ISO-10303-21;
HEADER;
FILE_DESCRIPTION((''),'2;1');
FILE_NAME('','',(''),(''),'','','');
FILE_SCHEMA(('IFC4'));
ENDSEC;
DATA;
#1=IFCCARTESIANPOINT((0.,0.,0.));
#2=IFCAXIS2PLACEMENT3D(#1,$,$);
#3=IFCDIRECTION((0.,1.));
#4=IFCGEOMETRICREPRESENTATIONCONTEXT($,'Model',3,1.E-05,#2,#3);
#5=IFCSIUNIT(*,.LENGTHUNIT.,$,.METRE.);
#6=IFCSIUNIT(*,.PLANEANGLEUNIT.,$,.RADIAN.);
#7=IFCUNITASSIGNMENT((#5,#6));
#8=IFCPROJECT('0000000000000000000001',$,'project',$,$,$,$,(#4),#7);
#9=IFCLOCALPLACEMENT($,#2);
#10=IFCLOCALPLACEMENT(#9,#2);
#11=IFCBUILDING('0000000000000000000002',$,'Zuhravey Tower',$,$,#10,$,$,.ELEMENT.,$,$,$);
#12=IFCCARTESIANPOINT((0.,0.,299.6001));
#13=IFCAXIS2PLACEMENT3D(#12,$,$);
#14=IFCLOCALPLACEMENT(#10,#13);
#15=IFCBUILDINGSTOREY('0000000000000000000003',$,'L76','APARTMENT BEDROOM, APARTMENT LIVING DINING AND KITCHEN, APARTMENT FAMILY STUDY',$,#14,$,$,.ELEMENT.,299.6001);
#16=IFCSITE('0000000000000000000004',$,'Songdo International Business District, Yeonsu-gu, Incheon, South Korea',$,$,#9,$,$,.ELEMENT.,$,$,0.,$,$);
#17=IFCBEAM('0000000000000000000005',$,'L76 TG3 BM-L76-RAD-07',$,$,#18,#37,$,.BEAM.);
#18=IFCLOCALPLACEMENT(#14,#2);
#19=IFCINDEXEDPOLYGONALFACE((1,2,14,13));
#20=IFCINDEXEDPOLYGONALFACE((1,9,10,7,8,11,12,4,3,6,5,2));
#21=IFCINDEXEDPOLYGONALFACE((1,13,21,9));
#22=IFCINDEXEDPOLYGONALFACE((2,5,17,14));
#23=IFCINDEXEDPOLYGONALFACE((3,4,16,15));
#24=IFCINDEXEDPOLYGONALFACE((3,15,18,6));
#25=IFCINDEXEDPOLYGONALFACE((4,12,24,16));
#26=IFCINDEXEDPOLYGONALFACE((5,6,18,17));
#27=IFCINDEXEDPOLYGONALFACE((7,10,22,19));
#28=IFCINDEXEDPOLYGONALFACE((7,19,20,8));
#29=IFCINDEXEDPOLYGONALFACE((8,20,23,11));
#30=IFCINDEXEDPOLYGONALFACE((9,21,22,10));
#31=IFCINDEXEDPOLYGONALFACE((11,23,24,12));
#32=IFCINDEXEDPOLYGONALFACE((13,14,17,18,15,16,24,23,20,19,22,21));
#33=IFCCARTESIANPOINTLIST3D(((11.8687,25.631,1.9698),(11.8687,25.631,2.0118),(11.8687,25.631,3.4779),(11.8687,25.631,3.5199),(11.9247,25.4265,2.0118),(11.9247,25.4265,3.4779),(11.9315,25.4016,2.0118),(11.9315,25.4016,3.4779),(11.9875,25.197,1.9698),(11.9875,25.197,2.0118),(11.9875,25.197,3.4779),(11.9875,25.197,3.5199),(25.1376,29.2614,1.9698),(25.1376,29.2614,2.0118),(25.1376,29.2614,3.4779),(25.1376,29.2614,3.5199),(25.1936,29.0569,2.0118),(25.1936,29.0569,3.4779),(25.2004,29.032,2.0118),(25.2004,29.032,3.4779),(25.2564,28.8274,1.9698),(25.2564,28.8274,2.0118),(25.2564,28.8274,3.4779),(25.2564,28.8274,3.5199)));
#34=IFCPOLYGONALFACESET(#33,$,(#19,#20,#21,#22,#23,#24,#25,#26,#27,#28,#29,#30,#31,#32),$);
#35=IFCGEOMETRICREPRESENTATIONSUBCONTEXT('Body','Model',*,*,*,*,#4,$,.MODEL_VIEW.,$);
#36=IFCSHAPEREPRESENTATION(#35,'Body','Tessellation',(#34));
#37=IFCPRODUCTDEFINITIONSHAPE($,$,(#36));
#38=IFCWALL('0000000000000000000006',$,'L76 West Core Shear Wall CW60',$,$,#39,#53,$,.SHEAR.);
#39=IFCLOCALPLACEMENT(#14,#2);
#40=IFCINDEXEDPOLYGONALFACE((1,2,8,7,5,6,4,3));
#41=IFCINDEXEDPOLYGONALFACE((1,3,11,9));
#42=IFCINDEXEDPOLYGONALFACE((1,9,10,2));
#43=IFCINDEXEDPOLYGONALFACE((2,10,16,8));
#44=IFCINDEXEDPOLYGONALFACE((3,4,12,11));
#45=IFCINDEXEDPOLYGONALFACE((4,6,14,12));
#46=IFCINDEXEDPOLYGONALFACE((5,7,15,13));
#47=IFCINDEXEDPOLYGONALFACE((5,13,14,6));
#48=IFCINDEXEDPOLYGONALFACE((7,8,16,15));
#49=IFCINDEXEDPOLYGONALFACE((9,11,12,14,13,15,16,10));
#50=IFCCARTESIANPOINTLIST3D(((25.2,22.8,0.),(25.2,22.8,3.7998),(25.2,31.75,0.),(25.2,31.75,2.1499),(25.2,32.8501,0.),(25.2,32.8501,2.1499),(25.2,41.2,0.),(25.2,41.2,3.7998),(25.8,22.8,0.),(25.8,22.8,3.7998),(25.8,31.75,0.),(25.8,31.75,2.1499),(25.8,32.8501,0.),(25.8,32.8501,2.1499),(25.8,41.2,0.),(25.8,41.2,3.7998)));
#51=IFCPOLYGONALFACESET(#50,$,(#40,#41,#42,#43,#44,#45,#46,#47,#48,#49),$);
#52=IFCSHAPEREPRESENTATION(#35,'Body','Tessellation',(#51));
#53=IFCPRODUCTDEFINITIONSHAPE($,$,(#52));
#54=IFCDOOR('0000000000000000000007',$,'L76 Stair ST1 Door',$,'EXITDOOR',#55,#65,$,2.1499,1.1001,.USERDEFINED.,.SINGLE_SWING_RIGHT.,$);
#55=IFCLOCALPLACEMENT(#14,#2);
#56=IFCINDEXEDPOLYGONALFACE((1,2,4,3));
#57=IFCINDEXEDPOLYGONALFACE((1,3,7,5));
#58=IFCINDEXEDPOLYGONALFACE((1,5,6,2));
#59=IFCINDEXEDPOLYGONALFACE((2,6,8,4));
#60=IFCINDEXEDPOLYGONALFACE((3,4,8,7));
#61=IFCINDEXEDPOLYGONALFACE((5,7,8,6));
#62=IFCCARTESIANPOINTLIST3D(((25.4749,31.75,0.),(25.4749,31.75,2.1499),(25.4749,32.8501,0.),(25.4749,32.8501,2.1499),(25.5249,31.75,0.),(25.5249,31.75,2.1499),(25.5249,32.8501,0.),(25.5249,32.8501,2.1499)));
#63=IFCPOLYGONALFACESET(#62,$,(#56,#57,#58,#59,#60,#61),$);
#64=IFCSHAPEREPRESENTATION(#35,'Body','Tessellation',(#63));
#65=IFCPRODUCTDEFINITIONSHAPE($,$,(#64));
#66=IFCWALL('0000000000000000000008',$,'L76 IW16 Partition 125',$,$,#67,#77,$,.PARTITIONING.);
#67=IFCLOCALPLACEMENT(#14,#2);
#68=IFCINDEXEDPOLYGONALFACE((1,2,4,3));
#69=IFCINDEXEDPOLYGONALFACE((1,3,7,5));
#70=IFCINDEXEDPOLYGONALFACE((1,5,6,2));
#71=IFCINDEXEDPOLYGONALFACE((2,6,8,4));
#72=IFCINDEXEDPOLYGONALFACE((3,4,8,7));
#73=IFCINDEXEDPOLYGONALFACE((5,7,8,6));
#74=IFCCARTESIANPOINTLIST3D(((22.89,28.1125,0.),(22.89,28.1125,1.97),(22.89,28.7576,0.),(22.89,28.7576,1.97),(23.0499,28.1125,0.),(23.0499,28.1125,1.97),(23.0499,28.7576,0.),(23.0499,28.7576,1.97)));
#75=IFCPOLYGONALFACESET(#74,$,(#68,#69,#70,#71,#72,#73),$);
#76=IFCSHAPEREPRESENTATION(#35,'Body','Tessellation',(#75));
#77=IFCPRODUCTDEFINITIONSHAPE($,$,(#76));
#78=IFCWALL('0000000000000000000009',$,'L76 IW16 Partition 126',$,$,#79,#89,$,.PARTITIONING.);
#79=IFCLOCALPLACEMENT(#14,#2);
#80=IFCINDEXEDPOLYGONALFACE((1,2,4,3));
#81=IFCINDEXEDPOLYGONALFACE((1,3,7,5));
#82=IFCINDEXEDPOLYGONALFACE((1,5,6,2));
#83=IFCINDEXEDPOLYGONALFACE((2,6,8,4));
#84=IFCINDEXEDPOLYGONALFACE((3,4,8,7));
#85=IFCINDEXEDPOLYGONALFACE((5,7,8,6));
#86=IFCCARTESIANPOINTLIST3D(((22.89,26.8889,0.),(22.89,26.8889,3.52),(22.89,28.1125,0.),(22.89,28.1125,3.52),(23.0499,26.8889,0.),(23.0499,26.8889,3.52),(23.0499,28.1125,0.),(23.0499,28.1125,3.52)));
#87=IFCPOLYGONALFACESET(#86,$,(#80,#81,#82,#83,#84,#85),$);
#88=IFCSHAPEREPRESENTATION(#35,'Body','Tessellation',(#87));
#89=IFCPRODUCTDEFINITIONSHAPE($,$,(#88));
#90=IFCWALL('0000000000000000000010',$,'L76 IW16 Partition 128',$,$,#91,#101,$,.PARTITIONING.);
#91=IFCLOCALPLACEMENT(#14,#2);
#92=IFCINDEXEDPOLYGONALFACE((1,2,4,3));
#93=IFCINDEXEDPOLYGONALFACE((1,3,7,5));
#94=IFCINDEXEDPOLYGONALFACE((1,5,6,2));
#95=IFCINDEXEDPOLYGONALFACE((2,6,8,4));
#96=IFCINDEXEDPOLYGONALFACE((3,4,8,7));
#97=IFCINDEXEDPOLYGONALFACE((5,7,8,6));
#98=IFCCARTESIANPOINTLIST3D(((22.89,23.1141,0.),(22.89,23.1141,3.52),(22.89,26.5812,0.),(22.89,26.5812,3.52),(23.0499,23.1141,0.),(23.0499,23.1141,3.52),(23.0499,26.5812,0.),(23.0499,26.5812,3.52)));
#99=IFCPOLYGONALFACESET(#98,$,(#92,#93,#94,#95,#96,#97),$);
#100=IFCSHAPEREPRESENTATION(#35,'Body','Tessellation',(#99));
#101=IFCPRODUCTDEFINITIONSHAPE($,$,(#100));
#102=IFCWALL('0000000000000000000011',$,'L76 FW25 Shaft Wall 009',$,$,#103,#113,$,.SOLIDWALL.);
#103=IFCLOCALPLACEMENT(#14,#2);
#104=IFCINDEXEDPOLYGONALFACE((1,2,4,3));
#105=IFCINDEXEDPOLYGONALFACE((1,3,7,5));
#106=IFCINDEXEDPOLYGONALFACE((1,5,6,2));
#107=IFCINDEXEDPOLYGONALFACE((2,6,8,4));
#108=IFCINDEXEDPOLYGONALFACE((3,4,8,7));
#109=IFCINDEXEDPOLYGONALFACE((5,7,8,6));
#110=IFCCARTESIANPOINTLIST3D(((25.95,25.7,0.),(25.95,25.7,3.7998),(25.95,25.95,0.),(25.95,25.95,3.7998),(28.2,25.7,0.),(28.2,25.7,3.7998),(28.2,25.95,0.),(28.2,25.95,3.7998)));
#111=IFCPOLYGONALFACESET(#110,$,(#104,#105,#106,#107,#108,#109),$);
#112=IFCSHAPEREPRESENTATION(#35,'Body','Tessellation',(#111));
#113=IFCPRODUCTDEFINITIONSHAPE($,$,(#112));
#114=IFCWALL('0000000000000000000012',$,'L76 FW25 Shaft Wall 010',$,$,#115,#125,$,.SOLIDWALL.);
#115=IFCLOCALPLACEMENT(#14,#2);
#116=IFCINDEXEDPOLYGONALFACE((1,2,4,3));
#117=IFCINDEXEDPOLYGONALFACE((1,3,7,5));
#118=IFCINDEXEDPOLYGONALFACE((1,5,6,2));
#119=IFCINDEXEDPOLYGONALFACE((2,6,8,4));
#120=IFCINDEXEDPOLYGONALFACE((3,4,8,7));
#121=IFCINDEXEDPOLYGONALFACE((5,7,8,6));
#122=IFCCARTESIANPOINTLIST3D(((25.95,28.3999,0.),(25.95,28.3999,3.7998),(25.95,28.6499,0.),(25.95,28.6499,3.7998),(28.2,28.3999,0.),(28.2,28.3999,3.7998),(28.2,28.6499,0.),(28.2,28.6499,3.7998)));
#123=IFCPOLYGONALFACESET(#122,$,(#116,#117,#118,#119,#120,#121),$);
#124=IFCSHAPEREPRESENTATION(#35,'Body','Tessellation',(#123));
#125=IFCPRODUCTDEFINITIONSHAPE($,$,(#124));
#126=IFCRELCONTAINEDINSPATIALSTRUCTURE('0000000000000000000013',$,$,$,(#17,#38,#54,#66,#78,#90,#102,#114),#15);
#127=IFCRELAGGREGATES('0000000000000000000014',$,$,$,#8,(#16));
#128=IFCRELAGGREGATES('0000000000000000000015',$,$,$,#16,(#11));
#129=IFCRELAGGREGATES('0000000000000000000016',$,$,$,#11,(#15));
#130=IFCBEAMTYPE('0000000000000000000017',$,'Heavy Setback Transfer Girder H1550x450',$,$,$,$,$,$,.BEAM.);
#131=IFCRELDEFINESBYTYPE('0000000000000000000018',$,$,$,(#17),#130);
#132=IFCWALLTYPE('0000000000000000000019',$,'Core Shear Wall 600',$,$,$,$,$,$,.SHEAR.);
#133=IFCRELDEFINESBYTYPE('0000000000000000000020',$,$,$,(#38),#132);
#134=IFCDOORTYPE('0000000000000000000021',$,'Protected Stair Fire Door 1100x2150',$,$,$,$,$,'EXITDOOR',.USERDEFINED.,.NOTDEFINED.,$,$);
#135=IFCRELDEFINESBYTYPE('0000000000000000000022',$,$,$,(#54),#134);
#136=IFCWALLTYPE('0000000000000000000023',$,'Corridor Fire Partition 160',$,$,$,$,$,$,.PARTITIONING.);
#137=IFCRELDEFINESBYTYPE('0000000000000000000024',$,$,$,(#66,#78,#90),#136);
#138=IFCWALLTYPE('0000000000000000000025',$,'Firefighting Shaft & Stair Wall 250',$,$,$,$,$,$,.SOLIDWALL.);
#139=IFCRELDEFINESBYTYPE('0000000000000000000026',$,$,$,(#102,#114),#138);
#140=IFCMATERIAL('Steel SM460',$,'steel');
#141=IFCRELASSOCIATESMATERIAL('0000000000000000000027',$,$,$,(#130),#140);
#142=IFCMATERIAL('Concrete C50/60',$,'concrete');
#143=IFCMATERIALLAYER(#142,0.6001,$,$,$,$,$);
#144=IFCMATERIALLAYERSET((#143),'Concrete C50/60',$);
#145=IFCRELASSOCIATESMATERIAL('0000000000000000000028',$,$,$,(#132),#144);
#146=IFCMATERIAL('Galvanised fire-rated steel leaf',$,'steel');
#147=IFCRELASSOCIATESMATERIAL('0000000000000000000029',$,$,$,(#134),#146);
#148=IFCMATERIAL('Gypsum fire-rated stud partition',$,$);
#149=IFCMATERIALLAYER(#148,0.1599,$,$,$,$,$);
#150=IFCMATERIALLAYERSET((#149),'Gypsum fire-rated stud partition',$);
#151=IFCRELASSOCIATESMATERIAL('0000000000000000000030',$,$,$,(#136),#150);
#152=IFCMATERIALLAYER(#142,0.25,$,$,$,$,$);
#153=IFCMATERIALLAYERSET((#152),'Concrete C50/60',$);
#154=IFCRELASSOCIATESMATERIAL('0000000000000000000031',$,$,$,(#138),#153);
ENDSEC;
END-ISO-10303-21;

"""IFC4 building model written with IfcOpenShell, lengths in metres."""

from ifc_helpers import new_model, si_unit, direction, frame, frame_2d, origin, origin_2d, place, context, subcontext, project, spatial, rectangle, i_section, extrude, material, layer, layer_set, material_profile, profile_set, type_object, element, fill, save


model = new_model("IFC4")

# Units and contexts
model_context = context("Model", 3, precision=1e-05, world=origin(), true_north=direction((0.0, 1.0)))
body_context = subcontext(model_context, "Body", "Model", "MODEL_VIEW")
ifc_project = project(units=[si_unit("LENGTHUNIT", "METRE"), si_unit("PLANEANGLEUNIT", "RADIAN")], contexts=[model_context])

# Site, building, storey
site_placement = place(None, origin())
site = spatial("IfcSite", under=ifc_project, at=site_placement, Name="Songdo International Business District, Yeonsu-gu, Incheon, South Korea", CompositionType="ELEMENT", RefElevation=0.0)
building_placement = place(site_placement, origin())
building = spatial("IfcBuilding", under=site, at=building_placement, Name="Zuhravey Tower", CompositionType="ELEMENT")
storey_placement = place(building_placement, frame((0.0, 0.0, 299.6001)))
storey = spatial("IfcBuildingStorey", under=building, at=storey_placement, Name="L76", Description="APARTMENT BEDROOM, APARTMENT LIVING DINING AND KITCHEN, APARTMENT FAMILY STUDY", CompositionType="ELEMENT", Elevation=299.6001)

# Beam
ifc_material_1 = material(Name="Steel SM460", Category="steel")
ifc_material_profile = material_profile(ifc_material_1, i_section(OverallWidth=0.45, OverallDepth=1.55, WebThickness=0.0259, FlangeThickness=0.042, at=origin_2d()), Name="H-1550x450x26x42")
ifc_profile_set = profile_set([ifc_material_profile], Name="Steel SM460")
beam_type = type_object("IfcBeamType", Name="Heavy Setback Transfer Girder H1550x450", PredefinedType="BEAM", material=ifc_profile_set)
beam_placement = place(storey_placement, frame((25.197, 29.0444, 2.7449), z_axis=(-0.964549, -0.263903, 0.0), x_axis=(0.263903, -0.964549, 0.0)))
element("IfcBeam", 1, at=beam_placement, inside=storey, type_object=beam_type, Name="L76 TG3 BM-L76-RAD-07", PredefinedType="BEAM", context=body_context, shape_type="SweptSolid", body=[
    extrude(i_section(OverallWidth=0.45, OverallDepth=1.55, WebThickness=0.0259, FlangeThickness=0.042, at=origin_2d()), origin(), (0.0, 0.0, 1.0), 13.7566),
])

# Wall, opening, door
ifc_material_2 = material(Name="Concrete C50/60", Category="concrete")
ifc_layer_1 = layer(ifc_material_2, 0.6001)
ifc_layer_set_1 = layer_set([ifc_layer_1], Name="Concrete C50/60")
wall_type_1 = type_object("IfcWallType", Name="Core Shear Wall 600", PredefinedType="SHEAR", material=ifc_layer_set_1)
wall_1_placement = place(storey_placement, frame((25.5, 22.8, 0.0), z_axis=(0.0, 0.0, 1.0), x_axis=(0.0, 1.0, 0.0)))
wall_1 = element("IfcWall", 2, at=wall_1_placement, inside=storey, type_object=wall_type_1, Name="L76 West Core Shear Wall CW60", PredefinedType="SHEAR", context=body_context, shape_type="SweptSolid", body=[
    extrude(rectangle(XDim=18.3999, YDim=0.6001, at=frame_2d((9.2, 0.0))), origin(), (0.0, 0.0, 1.0), 3.7998),
])
opening_1_placement = place(wall_1_placement, frame((8.95, 0.0, 0.0)))
opening_1 = element("IfcOpeningElement", 3, at=opening_1_placement, cuts=wall_1, PredefinedType="OPENING", context=body_context, shape_type="SweptSolid", body=[
    extrude(rectangle(XDim=1.1001, YDim=2.1499, at=frame_2d((0.55, 1.075))), frame((0.0, 0.312, 0.0), z_axis=(0.0, -1.0, 0.0), x_axis=(1.0, 0.0, 0.0)), (0.0, 0.0, 1.0), 0.624),
])
ifc_material_3 = material(Name="Galvanised fire-rated steel leaf", Category="steel")
door_type_1 = type_object("IfcDoorType", Name="Protected Stair Fire Door 1100x2150", ElementType="EXITDOOR", OperationType="NOTDEFINED", PredefinedType="USERDEFINED", material=ifc_material_3)
door_1_placement = place(opening_1_placement, frame((1.1001, 0.0, 0.0), z_axis=(0.0, 0.0, 1.0), x_axis=(-1.0, 0.0, 0.0)))
door_1 = element("IfcDoor", 4, at=door_1_placement, inside=storey, type_object=door_type_1, Name="L76 Stair ST1 Door", ObjectType="EXITDOOR", OperationType="SINGLE_SWING_RIGHT", OverallHeight=2.1499, OverallWidth=1.1001, PredefinedType="USERDEFINED", context=body_context, shape_type="SweptSolid", body=[
    extrude(rectangle(XDim=1.1001, YDim=2.1499, at=frame_2d((0.55, 1.075))), frame((0.0, 0.0249, 0.0), z_axis=(0.0, -1.0, 0.0), x_axis=(1.0, 0.0, 0.0)), (0.0, 0.0, 1.0), 0.05),
])
fill(opening_1, door_1)

# Walls
ifc_material_4 = material(Name="Gypsum fire-rated stud partition")
ifc_layer_2 = layer(ifc_material_4, 0.1599)
ifc_layer_set_2 = layer_set([ifc_layer_2], Name="Gypsum fire-rated stud partition")
wall_type_2 = type_object("IfcWallType", Name="Corridor Fire Partition 160", PredefinedType="PARTITIONING", material=ifc_layer_set_2)
wall_2_placement = place(storey_placement, frame((22.97, 28.7576, 0.0), z_axis=(0.0, 0.0, 1.0), x_axis=(0.0, -1.0, 0.0)))
element("IfcWall", 5, at=wall_2_placement, inside=storey, type_object=wall_type_2, Name="L76 IW16 Partition 125", PredefinedType="PARTITIONING", context=body_context, shape_type="SweptSolid", body=[
    extrude(rectangle(XDim=0.645, YDim=0.1599, at=frame_2d((0.3225, 0.0))), origin(), (0.0, 0.0, 1.0), 1.97),
])
wall_3_placement = place(storey_placement, frame((22.97, 28.1125, 0.0), z_axis=(0.0, 0.0, 1.0), x_axis=(0.0, -1.0, 0.0)))
element("IfcWall", 6, at=wall_3_placement, inside=storey, type_object=wall_type_2, Name="L76 IW16 Partition 126", PredefinedType="PARTITIONING", context=body_context, shape_type="SweptSolid", body=[
    extrude(rectangle(XDim=1.2236, YDim=0.1599, at=frame_2d((0.6118, 0.0))), origin(), (0.0, 0.0, 1.0), 3.52),
])
wall_4_placement = place(storey_placement, frame((22.97, 26.5811, 0.0), z_axis=(0.0, 0.0, 1.0), x_axis=(0.0, -1.0, 0.0)))
element("IfcWall", 7, at=wall_4_placement, inside=storey, type_object=wall_type_2, Name="L76 IW16 Partition 128", PredefinedType="PARTITIONING", context=body_context, shape_type="SweptSolid", body=[
    extrude(rectangle(XDim=3.467, YDim=0.1599, at=frame_2d((1.7334, 0.0))), origin(), (0.0, 0.0, 1.0), 3.52),
])
ifc_layer_3 = layer(ifc_material_2, 0.25)
ifc_layer_set_3 = layer_set([ifc_layer_3], Name="Concrete C50/60")
wall_type_3 = type_object("IfcWallType", Name="Firefighting Shaft & Stair Wall 250", PredefinedType="SOLIDWALL", material=ifc_layer_set_3)
for number, where, z_axis, x_axis, name in (
    (8, (25.95, 25.825, 0.0), (0.0, 0.0, 1.0), (1.0, 0.0, 0.0), "L76 FW25 Shaft Wall 009"),
    (9, (25.95, 28.5249, 0.0), (0.0, 0.0, 1.0), (1.0, 0.0, 0.0), "L76 FW25 Shaft Wall 010"),
):
    element("IfcWall", number, at=place(storey_placement, frame(where, z_axis=z_axis, x_axis=x_axis)), inside=storey, type_object=wall_type_3, Name=name, PredefinedType="SOLIDWALL", context=body_context, shape_type="SweptSolid", body=[
        extrude(rectangle(XDim=2.25, YDim=0.25, at=frame_2d((1.125, 0.0))), origin(), (0.0, 0.0, 1.0), 3.7998),
    ])

save(model, "model.ifc")
